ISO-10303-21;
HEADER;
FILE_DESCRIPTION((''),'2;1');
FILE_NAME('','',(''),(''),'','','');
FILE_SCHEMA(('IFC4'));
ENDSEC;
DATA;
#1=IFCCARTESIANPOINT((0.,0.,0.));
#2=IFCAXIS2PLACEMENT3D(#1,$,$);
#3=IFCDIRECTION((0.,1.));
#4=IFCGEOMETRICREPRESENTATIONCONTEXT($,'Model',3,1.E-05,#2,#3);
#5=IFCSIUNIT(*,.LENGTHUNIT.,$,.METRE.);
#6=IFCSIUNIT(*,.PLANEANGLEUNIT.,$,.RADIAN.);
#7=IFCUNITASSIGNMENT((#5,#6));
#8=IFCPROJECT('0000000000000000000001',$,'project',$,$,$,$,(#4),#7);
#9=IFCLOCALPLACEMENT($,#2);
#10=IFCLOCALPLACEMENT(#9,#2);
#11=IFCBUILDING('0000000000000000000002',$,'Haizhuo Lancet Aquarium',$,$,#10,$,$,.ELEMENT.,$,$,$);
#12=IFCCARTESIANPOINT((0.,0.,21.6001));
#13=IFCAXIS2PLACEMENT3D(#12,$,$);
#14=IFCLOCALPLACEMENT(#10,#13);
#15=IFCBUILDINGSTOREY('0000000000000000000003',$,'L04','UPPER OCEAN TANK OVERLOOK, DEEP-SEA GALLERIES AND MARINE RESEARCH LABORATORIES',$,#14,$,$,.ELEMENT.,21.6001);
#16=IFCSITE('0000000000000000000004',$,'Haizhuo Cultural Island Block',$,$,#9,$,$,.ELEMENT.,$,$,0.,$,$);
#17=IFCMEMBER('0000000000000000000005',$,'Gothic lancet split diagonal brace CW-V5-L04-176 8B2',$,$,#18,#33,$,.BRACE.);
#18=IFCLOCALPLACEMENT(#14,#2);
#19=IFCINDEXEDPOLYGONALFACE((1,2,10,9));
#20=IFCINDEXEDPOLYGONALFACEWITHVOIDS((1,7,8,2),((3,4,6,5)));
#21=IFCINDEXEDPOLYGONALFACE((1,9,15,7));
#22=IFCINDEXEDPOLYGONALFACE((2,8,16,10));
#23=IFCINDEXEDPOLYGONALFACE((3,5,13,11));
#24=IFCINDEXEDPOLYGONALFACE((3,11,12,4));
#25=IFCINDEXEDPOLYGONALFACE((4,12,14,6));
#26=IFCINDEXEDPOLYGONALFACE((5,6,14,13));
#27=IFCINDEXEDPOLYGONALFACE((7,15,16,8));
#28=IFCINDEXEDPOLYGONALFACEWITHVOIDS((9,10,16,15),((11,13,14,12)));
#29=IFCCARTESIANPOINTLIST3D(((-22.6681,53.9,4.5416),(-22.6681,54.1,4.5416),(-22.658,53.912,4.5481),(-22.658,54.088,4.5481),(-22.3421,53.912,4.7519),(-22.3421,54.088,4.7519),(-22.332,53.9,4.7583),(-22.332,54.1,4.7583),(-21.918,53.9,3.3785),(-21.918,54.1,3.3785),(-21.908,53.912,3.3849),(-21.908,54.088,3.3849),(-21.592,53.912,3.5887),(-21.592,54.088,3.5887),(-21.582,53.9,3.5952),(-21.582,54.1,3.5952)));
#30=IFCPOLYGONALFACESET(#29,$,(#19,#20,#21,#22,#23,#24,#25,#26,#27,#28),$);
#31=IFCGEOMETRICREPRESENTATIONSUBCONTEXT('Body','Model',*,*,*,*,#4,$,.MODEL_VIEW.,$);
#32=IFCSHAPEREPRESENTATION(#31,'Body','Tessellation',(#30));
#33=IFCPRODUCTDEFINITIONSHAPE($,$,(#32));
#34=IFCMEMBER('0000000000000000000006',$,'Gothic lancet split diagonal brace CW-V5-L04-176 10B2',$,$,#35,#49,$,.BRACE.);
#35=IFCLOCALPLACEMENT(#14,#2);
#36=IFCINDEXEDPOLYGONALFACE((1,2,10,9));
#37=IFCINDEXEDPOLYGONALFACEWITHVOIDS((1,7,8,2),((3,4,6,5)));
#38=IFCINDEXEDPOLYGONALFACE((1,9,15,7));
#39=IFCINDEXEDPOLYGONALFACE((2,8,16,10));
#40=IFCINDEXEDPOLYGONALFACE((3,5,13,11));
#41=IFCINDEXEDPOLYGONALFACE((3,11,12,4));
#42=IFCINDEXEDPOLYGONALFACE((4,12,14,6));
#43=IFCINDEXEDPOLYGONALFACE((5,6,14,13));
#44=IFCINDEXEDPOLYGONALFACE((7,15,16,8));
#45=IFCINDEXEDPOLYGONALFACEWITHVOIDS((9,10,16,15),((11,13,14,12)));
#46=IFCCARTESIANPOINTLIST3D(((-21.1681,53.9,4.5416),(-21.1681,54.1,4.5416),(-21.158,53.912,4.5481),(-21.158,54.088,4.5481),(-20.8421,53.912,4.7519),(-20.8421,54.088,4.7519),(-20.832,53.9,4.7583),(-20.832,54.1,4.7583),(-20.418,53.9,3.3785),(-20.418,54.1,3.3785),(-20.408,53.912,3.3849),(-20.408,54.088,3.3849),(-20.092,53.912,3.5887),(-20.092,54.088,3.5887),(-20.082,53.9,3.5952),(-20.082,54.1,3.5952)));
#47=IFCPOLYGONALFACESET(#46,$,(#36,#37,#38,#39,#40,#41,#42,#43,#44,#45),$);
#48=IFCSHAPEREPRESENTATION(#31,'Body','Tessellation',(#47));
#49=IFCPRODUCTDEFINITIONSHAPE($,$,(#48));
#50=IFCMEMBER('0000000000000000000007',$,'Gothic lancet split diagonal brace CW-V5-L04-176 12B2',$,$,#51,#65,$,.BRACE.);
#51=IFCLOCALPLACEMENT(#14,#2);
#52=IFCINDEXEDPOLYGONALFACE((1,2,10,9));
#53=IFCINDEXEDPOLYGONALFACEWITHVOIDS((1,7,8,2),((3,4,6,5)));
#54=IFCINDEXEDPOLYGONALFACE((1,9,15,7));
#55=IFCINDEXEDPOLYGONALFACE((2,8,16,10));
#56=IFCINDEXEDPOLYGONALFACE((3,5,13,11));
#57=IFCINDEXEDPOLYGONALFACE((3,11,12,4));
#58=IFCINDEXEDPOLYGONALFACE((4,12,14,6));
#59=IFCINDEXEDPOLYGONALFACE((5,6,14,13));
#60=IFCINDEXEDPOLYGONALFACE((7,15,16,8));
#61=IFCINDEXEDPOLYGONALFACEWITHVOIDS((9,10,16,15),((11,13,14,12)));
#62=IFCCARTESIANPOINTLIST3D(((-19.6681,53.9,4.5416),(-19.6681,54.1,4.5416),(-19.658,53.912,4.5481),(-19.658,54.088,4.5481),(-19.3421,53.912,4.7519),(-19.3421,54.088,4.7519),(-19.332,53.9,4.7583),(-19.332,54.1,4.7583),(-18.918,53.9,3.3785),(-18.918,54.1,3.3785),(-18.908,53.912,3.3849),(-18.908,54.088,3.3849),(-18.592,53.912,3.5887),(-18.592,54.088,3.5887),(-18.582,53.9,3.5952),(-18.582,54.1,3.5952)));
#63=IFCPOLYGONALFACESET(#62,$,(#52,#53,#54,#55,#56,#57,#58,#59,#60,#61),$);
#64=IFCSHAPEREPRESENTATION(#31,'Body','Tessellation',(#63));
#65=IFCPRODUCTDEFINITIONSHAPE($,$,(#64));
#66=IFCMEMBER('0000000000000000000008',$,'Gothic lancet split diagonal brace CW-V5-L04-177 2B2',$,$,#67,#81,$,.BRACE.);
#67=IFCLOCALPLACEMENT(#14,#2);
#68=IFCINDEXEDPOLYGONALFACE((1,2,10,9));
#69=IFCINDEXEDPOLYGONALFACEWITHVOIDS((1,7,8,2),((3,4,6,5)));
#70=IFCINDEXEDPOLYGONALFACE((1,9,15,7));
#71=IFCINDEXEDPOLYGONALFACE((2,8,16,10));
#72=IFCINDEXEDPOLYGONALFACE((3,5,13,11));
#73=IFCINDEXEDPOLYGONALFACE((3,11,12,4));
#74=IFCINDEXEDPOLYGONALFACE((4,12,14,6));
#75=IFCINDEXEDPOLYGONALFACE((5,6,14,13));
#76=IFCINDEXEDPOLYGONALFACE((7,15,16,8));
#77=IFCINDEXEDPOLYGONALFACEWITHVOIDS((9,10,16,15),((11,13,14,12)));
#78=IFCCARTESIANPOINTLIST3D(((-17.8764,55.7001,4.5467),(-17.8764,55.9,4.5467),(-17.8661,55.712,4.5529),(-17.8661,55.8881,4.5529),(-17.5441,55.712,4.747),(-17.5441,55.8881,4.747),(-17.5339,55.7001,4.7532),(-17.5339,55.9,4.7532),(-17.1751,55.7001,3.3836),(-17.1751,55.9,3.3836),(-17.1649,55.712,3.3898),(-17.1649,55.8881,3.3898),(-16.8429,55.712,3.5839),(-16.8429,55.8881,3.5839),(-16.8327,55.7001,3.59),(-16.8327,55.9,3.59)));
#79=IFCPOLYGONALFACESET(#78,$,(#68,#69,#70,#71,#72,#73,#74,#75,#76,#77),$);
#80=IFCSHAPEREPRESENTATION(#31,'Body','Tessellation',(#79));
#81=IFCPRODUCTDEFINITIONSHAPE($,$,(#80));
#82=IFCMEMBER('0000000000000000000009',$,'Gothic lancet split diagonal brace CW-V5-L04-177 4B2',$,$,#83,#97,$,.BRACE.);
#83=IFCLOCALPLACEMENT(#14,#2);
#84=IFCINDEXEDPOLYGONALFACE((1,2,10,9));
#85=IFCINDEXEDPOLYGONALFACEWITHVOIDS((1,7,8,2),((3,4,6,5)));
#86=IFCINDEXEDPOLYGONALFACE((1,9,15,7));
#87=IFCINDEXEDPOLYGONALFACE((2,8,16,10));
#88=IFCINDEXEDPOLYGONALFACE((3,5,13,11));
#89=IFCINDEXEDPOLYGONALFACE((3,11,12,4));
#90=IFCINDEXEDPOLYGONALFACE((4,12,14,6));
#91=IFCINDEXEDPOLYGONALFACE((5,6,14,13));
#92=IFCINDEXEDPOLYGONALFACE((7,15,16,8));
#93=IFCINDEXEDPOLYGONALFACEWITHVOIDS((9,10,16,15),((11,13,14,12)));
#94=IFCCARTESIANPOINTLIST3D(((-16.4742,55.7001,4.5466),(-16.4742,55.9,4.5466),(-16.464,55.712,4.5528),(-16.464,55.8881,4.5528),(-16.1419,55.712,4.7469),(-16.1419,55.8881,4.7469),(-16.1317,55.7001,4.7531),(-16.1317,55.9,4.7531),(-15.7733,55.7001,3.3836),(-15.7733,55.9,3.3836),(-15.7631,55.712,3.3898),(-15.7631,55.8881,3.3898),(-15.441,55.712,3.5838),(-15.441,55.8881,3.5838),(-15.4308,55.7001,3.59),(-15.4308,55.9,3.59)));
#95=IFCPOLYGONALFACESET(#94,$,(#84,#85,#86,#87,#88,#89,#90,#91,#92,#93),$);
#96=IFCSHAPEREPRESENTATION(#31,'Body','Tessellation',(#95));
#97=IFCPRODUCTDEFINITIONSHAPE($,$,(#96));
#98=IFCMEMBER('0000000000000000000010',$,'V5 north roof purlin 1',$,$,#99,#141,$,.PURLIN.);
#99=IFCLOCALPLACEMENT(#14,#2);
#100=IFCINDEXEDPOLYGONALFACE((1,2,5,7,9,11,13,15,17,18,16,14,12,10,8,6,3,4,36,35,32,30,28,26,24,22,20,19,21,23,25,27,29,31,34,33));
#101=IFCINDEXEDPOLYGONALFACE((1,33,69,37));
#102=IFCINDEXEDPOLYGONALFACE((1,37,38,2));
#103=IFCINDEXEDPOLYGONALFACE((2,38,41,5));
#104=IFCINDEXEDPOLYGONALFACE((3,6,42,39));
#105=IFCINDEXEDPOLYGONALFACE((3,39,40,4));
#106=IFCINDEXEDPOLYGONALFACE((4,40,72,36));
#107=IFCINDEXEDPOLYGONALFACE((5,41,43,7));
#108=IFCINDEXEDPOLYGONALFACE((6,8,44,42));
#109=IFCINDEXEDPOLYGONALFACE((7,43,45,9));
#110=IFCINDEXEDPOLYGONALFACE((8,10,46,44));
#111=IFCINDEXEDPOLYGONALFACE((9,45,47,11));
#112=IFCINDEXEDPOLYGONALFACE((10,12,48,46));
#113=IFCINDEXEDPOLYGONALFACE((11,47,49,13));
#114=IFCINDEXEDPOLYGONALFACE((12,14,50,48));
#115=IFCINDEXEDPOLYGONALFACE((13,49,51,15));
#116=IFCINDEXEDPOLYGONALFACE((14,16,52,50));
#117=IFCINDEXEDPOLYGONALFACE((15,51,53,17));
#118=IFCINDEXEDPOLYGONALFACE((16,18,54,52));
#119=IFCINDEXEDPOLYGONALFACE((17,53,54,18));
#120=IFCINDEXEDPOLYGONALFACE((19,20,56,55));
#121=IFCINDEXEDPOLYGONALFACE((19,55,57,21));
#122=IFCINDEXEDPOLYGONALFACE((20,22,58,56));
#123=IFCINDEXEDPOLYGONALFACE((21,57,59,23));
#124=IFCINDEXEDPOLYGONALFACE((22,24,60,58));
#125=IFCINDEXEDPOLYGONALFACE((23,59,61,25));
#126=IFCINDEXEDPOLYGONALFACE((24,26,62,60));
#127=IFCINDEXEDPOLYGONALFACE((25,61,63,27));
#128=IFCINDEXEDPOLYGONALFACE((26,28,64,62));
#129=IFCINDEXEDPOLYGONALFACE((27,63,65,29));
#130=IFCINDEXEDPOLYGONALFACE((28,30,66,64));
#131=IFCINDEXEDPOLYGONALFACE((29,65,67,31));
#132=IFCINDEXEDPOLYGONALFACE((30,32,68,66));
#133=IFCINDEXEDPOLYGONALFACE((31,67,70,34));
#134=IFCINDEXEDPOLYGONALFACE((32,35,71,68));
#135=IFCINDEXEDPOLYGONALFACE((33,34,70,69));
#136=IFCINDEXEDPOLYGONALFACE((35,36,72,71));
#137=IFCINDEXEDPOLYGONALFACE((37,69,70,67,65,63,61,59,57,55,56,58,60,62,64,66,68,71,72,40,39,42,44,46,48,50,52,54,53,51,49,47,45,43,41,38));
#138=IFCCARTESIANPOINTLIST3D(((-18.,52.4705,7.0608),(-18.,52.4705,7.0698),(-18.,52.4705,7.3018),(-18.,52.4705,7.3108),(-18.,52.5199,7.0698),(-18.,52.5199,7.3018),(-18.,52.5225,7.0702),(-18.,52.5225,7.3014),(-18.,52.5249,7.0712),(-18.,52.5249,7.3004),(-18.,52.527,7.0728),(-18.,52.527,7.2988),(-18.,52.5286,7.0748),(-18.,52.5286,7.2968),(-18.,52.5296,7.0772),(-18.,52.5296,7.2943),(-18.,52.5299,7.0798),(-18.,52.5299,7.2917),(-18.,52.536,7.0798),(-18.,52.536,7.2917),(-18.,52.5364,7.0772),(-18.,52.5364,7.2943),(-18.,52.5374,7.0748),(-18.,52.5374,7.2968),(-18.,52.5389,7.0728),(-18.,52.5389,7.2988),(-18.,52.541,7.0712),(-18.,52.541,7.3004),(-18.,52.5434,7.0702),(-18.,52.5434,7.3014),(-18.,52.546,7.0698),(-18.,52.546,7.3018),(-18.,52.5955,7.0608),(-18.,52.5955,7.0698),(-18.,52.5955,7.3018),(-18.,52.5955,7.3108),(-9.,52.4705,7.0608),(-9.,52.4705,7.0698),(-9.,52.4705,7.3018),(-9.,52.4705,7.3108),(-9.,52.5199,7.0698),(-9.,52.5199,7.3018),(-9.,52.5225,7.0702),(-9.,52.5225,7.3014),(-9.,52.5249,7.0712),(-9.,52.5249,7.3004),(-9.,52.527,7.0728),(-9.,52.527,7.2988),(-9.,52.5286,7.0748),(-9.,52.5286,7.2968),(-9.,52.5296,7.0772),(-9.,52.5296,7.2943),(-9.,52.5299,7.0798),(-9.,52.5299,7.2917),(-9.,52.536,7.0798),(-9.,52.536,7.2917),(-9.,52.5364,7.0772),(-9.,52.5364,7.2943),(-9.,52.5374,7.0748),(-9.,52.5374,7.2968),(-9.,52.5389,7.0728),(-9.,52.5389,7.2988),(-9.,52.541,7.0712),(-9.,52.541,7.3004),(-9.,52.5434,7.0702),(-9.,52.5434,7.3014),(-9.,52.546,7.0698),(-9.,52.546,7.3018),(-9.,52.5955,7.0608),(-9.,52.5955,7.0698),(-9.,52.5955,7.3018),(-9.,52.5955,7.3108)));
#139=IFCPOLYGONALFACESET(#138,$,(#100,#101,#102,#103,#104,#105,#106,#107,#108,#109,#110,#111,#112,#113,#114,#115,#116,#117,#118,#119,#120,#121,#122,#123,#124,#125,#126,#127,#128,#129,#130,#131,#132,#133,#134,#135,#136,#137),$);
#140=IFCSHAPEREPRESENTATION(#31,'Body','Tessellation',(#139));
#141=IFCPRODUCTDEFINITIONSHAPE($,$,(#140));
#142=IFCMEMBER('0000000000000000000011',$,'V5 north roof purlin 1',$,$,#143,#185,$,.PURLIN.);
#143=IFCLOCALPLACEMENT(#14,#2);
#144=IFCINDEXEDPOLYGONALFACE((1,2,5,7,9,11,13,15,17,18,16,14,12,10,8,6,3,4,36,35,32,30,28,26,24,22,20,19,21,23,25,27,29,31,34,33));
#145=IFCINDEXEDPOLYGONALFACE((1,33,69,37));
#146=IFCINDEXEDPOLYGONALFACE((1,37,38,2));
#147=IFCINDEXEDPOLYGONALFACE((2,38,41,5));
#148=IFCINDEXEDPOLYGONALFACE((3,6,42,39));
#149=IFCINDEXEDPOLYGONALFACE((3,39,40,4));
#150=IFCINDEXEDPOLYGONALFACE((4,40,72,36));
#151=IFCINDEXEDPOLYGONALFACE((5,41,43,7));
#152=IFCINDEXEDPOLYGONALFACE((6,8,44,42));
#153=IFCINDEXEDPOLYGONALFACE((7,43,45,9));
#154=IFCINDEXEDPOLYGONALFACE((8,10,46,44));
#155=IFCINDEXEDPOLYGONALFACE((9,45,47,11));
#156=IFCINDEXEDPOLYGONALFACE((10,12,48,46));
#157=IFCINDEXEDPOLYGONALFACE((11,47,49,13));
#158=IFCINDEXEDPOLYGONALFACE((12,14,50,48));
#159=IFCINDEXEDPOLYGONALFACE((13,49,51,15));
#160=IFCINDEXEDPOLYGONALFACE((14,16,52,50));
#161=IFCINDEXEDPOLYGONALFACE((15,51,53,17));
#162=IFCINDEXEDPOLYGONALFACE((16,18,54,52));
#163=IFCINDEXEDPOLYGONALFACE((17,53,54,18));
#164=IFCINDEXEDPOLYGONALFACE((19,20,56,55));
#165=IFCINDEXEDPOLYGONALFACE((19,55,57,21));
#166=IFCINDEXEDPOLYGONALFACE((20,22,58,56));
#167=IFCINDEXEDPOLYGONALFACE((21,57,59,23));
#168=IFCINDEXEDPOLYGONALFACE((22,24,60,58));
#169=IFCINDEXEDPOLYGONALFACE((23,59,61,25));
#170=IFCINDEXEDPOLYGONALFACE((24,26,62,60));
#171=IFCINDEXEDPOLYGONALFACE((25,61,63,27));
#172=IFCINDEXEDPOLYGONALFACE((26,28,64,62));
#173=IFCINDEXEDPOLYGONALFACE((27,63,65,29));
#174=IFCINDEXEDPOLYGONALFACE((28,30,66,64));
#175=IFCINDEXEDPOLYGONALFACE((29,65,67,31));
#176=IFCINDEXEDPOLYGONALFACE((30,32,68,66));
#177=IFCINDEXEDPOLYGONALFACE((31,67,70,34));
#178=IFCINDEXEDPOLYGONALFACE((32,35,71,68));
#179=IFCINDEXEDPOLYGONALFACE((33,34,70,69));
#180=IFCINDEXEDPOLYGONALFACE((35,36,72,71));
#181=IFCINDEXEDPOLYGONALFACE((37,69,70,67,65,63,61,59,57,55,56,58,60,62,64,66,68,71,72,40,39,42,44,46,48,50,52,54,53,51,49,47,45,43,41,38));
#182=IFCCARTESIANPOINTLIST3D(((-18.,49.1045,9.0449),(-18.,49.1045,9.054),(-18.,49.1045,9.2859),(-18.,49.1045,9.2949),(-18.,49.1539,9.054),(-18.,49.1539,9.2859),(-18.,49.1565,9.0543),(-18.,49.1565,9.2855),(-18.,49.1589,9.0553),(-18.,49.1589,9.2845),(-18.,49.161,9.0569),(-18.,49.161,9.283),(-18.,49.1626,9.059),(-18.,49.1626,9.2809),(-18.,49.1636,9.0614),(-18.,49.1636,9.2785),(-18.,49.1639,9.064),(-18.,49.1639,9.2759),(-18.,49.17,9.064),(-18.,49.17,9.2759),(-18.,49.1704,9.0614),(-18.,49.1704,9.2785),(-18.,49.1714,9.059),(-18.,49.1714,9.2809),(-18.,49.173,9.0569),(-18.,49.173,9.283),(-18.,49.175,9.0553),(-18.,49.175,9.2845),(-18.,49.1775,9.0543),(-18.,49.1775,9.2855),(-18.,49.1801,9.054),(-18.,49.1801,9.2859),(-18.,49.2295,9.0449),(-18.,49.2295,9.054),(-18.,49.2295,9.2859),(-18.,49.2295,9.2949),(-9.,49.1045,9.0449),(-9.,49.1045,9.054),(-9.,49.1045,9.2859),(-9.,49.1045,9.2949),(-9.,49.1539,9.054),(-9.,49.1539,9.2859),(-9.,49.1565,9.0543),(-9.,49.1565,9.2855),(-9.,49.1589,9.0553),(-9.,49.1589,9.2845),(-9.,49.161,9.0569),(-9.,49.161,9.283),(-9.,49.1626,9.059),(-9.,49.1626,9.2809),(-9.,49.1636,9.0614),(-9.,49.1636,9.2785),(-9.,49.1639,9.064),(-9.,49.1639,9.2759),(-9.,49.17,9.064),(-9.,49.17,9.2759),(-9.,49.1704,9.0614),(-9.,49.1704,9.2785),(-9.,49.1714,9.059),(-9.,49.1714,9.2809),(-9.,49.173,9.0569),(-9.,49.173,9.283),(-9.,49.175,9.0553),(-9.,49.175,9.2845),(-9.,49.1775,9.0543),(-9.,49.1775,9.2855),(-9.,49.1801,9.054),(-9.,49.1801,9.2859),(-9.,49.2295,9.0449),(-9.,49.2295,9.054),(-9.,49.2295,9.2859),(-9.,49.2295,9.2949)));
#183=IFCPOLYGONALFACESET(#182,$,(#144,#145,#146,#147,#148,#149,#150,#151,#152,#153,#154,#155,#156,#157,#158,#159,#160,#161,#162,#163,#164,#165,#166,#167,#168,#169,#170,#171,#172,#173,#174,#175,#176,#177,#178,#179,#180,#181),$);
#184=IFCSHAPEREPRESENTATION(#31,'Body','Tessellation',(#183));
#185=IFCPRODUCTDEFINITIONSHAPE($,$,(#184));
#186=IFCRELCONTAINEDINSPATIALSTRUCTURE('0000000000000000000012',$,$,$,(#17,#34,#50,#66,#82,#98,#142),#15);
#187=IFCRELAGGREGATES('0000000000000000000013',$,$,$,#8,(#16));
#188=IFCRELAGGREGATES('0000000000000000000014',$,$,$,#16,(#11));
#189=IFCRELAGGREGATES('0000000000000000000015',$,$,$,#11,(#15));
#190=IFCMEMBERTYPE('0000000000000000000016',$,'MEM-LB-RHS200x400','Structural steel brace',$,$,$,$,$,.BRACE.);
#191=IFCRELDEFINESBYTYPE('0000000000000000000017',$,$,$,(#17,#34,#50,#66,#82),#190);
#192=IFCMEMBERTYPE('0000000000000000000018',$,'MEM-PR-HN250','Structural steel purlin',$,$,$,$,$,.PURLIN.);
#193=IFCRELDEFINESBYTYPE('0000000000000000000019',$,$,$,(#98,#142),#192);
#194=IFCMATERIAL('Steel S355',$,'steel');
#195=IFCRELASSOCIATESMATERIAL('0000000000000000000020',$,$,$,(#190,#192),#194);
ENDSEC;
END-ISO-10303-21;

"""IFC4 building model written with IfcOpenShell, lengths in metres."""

from ifc_helpers import new_model, si_unit, direction, frame, origin, origin_2d, place, context, subcontext, project, spatial, hollow_rectangle, i_section, extrude, material, material_profile, profile_set, type_object, element, save


model = new_model("IFC4")

# Units and contexts
model_context = context("Model", 3, precision=1e-05, world=origin(), true_north=direction((0.0, 1.0)))
body_context = subcontext(model_context, "Body", "Model", "MODEL_VIEW")
ifc_project = project(units=[si_unit("LENGTHUNIT", "METRE"), si_unit("PLANEANGLEUNIT", "RADIAN")], contexts=[model_context])

# Site, building, storey
site_placement = place(None, origin())
site = spatial("IfcSite", under=ifc_project, at=site_placement, Name="Haizhuo Cultural Island Block", CompositionType="ELEMENT", RefElevation=0.0)
building_placement = place(site_placement, origin())
building = spatial("IfcBuilding", under=site, at=building_placement, Name="Haizhuo Lancet Aquarium", CompositionType="ELEMENT")
storey_placement = place(building_placement, frame((0.0, 0.0, 21.6001)))
storey = spatial("IfcBuildingStorey", under=building, at=storey_placement, Name="L04", Description="UPPER OCEAN TANK OVERLOOK, DEEP-SEA GALLERIES AND MARINE RESEARCH LABORATORIES", CompositionType="ELEMENT", Elevation=21.6001)

# Members
ifc_material_1 = material(Name="Steel S355", Category="steel")
ifc_material_profile_1 = material_profile(ifc_material_1, hollow_rectangle(XDim=0.2, YDim=0.3999, WallThickness=0.012, at=origin_2d()), Name="RHS 200x400x12")
ifc_profile_set_1 = profile_set([ifc_material_profile_1], Name="Steel S355")
member_type_1 = type_object("IfcMemberType", Name="MEM-LB-RHS200x400", Description="Structural steel brace", PredefinedType="BRACE", material=ifc_profile_set_1)
for number, where, z_axis, x_axis, name in (
    (1, (-21.75, 54.0, 3.4868), (-0.541934, 0.0, 0.840421), (0.0, -1.0, 0.0), "Gothic lancet split diagonal brace CW-V5-L04-176 8B2"),
    (2, (-20.25, 54.0, 3.4868), (-0.541934, 0.0, 0.840421), (0.0, -1.0, 0.0), "Gothic lancet split diagonal brace CW-V5-L04-176 10B2"),
    (3, (-18.75, 54.0, 3.4868), (-0.541934, 0.0, 0.840421), (0.0, -1.0, 0.0), "Gothic lancet split diagonal brace CW-V5-L04-176 12B2"),
):
    element("IfcMember", number, at=place(storey_placement, frame(where, z_axis=z_axis, x_axis=x_axis)), inside=storey, type_object=member_type_1, Name=name, PredefinedType="BRACE", context=body_context, shape_type="SweptSolid", body=[
        extrude(hollow_rectangle(XDim=0.2, YDim=0.3999, WallThickness=0.012, at=origin_2d()), origin(), (0.0, 0.0, 1.0), 1.384),
    ])
member_1_placement = place(storey_placement, frame((-17.0039, 55.8, 3.4868), z_axis=(-0.516292, 0.0, 0.856412), x_axis=(0.0, -1.0, 0.0)))
element("IfcMember", 4, at=member_1_placement, inside=storey, type_object=member_type_1, Name="Gothic lancet split diagonal brace CW-V5-L04-177 2B2", PredefinedType="BRACE", context=body_context, shape_type="SweptSolid", body=[
    extrude(hollow_rectangle(XDim=0.2, YDim=0.3999, WallThickness=0.012, at=origin_2d()), origin(), (0.0, 0.0, 1.0), 1.3582),
])
member_2_placement = place(storey_placement, frame((-15.6021, 55.8, 3.4868), z_axis=(-0.51616, 0.0, 0.856492), x_axis=(0.0, -1.0, 0.0)))
element("IfcMember", 5, at=member_2_placement, inside=storey, type_object=member_type_1, Name="Gothic lancet split diagonal brace CW-V5-L04-177 4B2", PredefinedType="BRACE", context=body_context, shape_type="SweptSolid", body=[
    extrude(hollow_rectangle(XDim=0.2, YDim=0.3999, WallThickness=0.012, at=origin_2d()), origin(), (0.0, 0.0, 1.0), 1.3579),
])
ifc_material_profile_2 = material_profile(ifc_material_1, i_section(OverallWidth=0.125, OverallDepth=0.25, WebThickness=0.0061, FlangeThickness=0.009, FilletRadius=0.01, at=origin_2d()), Name="HN 250x125x6x9")
ifc_profile_set_2 = profile_set([ifc_material_profile_2], Name="Steel S355")
member_type_2 = type_object("IfcMemberType", Name="MEM-PR-HN250", Description="Structural steel purlin", PredefinedType="PURLIN", material=ifc_profile_set_2)
for number, where, z_axis, x_axis, name in (
    (6, (-18.0, 52.533, 7.1858), (1.0, 0.0, 0.0), (0.0, 1.0, 0.0), "V5 north roof purlin 1"),
    (7, (-18.0, 49.167, 9.1699), (1.0, 0.0, 0.0), (0.0, 1.0, 0.0), "V5 north roof purlin 1"),
):
    element("IfcMember", number, at=place(storey_placement, frame(where, z_axis=z_axis, x_axis=x_axis)), inside=storey, type_object=member_type_2, Name=name, PredefinedType="PURLIN", context=body_context, shape_type="SweptSolid", body=[
        extrude(i_section(OverallWidth=0.125, OverallDepth=0.25, WebThickness=0.0061, FlangeThickness=0.009, FilletRadius=0.01, at=origin_2d()), origin(), (0.0, 0.0, 1.0), 9.0),
    ])

save(model, "model.ifc")
